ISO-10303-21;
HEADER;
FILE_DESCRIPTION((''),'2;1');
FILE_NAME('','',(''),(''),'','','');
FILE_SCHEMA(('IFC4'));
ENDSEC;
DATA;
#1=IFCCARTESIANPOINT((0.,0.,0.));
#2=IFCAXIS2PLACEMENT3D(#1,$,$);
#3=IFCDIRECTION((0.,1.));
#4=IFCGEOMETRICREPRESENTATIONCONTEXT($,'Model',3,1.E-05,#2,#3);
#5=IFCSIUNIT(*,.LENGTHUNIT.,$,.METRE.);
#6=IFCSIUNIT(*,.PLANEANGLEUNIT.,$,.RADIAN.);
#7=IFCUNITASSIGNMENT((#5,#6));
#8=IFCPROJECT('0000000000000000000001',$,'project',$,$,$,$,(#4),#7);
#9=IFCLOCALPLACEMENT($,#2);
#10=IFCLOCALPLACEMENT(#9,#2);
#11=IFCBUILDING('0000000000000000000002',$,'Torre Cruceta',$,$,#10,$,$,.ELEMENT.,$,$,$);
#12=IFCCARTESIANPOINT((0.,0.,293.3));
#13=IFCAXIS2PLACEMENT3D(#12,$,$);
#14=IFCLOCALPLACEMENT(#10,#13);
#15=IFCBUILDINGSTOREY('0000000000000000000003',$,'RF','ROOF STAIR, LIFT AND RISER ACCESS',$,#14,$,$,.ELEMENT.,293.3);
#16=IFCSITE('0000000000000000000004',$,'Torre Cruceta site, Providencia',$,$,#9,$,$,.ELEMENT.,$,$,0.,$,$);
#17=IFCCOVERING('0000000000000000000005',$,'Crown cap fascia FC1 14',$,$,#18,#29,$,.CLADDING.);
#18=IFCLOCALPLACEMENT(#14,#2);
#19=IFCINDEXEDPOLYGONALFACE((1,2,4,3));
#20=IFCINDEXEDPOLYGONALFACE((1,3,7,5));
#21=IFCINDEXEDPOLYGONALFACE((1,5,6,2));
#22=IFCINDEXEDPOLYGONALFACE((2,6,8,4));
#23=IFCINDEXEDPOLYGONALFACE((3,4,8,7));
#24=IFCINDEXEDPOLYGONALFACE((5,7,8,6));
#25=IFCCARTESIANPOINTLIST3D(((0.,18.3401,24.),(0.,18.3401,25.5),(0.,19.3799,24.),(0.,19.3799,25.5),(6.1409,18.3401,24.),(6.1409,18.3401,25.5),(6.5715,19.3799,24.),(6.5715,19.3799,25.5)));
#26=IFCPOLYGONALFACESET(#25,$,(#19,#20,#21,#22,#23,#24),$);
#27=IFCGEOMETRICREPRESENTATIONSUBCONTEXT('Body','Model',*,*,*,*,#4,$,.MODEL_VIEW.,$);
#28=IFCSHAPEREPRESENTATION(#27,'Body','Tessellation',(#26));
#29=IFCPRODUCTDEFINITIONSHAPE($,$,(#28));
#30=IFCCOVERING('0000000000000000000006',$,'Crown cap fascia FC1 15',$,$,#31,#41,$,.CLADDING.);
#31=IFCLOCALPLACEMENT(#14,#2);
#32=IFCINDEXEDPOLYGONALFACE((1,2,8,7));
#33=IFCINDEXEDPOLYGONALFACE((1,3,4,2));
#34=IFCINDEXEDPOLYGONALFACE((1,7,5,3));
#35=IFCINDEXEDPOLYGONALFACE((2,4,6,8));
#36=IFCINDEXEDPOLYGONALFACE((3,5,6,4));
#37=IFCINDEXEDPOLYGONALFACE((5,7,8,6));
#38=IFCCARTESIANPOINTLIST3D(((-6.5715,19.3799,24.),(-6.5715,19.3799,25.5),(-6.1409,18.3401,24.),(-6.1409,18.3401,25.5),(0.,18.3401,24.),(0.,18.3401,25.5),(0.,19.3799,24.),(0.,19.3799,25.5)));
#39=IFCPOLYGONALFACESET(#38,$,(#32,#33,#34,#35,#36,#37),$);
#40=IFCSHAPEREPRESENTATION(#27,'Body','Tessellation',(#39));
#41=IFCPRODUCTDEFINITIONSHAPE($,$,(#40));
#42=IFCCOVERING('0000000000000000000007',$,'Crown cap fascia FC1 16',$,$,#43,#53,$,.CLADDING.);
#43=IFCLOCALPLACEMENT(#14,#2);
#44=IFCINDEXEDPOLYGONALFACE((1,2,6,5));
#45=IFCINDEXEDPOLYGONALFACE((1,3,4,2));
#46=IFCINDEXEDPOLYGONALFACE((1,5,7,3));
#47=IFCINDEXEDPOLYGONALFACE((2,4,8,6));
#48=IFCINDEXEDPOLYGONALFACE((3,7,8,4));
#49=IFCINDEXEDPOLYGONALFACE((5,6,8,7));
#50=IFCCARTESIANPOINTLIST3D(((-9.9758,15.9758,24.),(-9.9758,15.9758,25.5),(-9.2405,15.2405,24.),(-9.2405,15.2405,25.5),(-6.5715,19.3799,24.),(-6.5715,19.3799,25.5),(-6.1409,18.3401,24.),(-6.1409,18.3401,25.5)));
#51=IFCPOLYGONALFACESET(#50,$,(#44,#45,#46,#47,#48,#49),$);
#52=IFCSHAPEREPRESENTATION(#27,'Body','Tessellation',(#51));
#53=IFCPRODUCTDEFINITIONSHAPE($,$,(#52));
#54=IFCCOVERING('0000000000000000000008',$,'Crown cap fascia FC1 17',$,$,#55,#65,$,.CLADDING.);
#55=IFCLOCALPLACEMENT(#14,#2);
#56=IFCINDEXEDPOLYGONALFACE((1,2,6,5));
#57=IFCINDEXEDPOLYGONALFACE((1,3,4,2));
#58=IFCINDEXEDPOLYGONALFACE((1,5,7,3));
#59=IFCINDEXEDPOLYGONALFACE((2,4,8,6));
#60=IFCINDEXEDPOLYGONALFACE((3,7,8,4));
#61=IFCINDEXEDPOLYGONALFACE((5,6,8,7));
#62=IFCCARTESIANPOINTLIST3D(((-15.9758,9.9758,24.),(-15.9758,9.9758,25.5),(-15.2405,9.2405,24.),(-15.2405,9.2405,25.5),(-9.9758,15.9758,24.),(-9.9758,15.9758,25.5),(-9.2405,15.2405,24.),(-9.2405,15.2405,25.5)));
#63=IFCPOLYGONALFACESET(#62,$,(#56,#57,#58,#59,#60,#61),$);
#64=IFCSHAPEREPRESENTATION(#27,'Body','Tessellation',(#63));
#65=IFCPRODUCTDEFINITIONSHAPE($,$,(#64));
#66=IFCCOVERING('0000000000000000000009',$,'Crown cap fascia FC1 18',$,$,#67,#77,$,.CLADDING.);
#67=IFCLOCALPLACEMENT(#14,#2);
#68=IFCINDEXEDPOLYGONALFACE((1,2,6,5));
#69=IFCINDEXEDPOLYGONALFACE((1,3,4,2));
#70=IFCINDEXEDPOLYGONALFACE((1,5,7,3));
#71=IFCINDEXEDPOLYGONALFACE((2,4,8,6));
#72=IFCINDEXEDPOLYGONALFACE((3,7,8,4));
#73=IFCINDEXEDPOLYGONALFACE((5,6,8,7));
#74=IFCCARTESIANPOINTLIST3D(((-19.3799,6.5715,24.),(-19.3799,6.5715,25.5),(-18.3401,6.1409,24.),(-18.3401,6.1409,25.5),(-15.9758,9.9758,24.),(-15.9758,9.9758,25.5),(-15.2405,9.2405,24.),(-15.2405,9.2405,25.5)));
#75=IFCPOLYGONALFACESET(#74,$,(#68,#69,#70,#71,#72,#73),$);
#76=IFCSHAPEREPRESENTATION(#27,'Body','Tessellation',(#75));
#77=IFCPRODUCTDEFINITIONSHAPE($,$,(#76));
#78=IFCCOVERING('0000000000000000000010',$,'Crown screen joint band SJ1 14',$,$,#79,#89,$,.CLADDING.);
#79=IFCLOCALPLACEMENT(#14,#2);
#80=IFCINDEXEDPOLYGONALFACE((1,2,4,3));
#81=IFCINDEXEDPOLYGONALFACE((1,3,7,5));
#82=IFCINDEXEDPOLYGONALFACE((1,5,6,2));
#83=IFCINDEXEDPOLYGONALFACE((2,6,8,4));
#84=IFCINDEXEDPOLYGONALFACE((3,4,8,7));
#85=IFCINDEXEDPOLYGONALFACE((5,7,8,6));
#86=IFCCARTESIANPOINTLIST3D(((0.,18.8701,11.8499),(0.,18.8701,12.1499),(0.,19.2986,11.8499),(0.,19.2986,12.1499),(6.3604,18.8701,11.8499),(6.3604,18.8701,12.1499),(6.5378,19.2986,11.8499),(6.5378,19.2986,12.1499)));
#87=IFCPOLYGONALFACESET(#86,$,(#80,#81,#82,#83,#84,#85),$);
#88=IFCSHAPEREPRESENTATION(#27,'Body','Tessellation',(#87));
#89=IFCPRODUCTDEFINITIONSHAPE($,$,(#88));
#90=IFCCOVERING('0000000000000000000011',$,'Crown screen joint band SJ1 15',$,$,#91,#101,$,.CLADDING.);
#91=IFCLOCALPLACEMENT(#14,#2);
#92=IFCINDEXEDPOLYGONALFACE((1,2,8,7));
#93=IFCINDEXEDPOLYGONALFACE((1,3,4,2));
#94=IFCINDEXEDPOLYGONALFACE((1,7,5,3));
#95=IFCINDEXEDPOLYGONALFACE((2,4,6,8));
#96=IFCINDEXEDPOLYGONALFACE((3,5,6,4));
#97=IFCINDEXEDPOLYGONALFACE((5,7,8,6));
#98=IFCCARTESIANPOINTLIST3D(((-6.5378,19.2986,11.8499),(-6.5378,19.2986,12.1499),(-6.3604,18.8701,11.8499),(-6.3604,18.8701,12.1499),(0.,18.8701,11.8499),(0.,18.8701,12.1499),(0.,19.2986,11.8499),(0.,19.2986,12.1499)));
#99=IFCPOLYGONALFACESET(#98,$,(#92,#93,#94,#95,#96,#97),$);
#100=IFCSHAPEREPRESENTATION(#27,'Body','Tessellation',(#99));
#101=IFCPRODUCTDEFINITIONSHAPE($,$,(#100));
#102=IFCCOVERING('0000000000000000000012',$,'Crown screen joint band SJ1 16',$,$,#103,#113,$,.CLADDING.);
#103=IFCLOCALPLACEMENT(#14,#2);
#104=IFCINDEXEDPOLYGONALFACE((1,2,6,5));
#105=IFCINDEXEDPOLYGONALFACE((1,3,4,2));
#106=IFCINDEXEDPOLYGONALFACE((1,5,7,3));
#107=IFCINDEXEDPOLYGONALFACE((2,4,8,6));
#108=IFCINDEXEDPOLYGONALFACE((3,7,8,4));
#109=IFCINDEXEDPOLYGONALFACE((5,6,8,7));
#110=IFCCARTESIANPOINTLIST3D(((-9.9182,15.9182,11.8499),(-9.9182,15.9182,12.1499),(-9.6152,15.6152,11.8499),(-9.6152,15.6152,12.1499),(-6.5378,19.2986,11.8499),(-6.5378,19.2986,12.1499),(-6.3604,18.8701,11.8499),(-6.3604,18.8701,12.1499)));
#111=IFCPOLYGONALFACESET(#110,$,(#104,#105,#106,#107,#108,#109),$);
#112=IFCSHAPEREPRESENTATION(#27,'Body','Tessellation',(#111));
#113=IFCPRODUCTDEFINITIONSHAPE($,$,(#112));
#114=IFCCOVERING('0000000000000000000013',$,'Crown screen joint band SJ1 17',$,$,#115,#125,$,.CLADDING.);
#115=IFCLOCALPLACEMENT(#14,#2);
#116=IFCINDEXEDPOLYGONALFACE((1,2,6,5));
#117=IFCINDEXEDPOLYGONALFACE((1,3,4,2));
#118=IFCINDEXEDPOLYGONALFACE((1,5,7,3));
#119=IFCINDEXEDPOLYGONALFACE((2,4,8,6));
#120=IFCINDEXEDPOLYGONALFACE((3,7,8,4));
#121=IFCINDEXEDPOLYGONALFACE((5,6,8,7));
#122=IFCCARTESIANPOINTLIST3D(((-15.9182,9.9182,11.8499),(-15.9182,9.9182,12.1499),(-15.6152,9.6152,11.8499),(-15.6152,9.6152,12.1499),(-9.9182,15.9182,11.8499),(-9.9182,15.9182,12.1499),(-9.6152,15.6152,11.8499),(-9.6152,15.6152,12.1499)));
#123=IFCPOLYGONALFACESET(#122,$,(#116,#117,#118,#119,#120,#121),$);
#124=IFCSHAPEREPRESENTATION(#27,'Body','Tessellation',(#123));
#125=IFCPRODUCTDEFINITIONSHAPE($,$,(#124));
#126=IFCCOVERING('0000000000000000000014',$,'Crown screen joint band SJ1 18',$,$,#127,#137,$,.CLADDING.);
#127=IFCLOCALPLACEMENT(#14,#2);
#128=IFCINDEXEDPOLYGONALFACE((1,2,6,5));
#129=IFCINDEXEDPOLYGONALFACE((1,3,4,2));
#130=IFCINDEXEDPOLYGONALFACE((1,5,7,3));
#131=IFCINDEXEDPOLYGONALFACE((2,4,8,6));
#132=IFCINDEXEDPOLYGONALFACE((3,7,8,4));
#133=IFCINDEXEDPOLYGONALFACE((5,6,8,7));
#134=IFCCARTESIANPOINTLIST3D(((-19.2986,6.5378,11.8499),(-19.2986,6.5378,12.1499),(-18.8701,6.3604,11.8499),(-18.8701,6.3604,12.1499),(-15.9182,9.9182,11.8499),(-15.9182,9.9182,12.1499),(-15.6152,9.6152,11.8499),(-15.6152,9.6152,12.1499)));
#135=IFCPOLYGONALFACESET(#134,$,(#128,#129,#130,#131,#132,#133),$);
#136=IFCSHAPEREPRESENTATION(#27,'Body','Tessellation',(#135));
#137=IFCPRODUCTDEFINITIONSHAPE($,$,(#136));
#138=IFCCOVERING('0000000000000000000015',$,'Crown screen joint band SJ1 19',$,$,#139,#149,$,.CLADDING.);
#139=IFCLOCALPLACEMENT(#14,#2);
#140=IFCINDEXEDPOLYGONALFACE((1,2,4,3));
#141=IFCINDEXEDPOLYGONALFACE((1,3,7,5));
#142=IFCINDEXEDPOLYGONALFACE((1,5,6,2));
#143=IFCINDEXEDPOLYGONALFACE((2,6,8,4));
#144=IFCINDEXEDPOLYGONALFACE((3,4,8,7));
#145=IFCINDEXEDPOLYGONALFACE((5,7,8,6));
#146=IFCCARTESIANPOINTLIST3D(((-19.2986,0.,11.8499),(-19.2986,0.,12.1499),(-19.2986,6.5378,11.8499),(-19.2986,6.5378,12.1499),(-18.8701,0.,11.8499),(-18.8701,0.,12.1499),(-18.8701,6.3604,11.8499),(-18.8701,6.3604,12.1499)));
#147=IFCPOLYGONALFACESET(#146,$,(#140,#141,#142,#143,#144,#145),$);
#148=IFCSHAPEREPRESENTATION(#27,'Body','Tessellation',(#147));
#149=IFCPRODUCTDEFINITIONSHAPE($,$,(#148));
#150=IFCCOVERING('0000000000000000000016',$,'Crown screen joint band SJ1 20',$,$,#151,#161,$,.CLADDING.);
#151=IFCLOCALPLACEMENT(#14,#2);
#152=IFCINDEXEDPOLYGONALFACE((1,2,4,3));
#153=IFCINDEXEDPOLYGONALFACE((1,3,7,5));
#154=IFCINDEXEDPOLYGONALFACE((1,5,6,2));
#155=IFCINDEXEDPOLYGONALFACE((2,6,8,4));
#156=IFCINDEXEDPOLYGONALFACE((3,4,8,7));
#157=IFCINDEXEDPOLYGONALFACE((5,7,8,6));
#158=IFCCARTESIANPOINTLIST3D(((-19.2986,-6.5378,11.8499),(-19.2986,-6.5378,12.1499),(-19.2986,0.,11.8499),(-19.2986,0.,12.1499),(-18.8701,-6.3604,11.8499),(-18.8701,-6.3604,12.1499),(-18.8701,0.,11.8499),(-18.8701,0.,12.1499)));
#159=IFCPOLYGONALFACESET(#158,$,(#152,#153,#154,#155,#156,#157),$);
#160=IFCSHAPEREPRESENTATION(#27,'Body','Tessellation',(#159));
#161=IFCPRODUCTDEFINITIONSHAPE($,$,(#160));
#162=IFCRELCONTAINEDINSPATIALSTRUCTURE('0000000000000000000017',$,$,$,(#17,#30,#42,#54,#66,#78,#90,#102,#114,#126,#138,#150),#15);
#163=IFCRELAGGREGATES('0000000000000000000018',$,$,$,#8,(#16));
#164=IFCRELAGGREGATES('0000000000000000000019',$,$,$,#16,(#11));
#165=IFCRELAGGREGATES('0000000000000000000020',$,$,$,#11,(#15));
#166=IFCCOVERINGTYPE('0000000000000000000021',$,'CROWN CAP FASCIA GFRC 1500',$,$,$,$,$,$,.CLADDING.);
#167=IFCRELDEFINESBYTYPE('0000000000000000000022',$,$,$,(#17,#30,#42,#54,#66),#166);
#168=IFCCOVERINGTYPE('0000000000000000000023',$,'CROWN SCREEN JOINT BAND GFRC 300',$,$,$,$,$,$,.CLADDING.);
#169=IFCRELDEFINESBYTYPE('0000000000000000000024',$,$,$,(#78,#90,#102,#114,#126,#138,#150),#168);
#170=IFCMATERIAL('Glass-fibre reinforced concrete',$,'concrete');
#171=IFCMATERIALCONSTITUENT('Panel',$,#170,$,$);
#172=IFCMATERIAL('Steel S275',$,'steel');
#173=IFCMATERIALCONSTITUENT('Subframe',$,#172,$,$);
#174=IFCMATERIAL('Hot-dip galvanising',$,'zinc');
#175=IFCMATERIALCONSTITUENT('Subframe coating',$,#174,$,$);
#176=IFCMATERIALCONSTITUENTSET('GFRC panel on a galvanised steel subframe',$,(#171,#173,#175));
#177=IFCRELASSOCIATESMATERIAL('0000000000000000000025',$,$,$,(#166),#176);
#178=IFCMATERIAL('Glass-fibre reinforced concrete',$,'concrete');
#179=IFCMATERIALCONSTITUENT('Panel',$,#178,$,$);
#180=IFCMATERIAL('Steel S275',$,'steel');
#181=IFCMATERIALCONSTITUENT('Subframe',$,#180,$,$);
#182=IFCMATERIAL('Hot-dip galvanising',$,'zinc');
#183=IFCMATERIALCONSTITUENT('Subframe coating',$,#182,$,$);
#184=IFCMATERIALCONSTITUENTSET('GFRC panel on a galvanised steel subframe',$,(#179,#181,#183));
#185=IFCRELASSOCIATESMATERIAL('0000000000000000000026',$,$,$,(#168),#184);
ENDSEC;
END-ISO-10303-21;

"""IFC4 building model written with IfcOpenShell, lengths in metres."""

from ifc_helpers import new_model, si_unit, direction, frame, origin, place, context, subcontext, project, spatial, polyline, outline, extrude, material, constituent, constituent_set, type_object, element, save


model = new_model("IFC4")

# Units and contexts
model_context = context("Model", 3, precision=1e-05, world=origin(), true_north=direction((0.0, 1.0)))
body_context = subcontext(model_context, "Body", "Model", "MODEL_VIEW")
ifc_project = project(units=[si_unit("LENGTHUNIT", "METRE"), si_unit("PLANEANGLEUNIT", "RADIAN")], contexts=[model_context])

# Site, building, storey
site_placement = place(None, origin())
site = spatial("IfcSite", under=ifc_project, at=site_placement, Name="Torre Cruceta site, Providencia", CompositionType="ELEMENT", RefElevation=0.0)
building_placement = place(site_placement, origin())
building = spatial("IfcBuilding", under=site, at=building_placement, Name="Torre Cruceta", CompositionType="ELEMENT")
storey_placement = place(building_placement, frame((0.0, 0.0, 293.3)))
storey = spatial("IfcBuildingStorey", under=building, at=storey_placement, Name="RF", Description="ROOF STAIR, LIFT AND RISER ACCESS", CompositionType="ELEMENT", Elevation=293.3)

# Coverings
ifc_material_1 = material(Name="Glass-fibre reinforced concrete", Category="concrete")
ifc_constituent_1 = constituent(ifc_material_1, Name="Panel")
ifc_material_2 = material(Name="Steel S275", Category="steel")
ifc_constituent_2 = constituent(ifc_material_2, Name="Subframe")
ifc_material_3 = material(Name="Hot-dip galvanising", Category="zinc")
ifc_constituent_3 = constituent(ifc_material_3, Name="Subframe coating")
ifc_constituent_set_1 = constituent_set(constituents=[ifc_constituent_1, ifc_constituent_2, ifc_constituent_3], Name="GFRC panel on a galvanised steel subframe")
covering_type_1 = type_object("IfcCoveringType", Name="CROWN CAP FASCIA GFRC 1500", PredefinedType="CLADDING", material=ifc_constituent_set_1)
covering_1_placement = place(storey_placement, frame((0.0, 0.0, 24.0)))
element("IfcCovering", 1, at=covering_1_placement, inside=storey, type_object=covering_type_1, Name="Crown cap fascia FC1 14", PredefinedType="CLADDING", context=body_context, shape_type="SweptSolid", body=[
    extrude(outline(polyline([(6.5715, 19.3799), (0.0, 19.3799), (0.0, 18.3401), (6.1409, 18.3401), (6.5715, 19.3799)])), origin(), (0.0, 0.0, 1.0), 1.5),
])
covering_2_placement = place(storey_placement, frame((0.0, 0.0, 24.0)))
element("IfcCovering", 2, at=covering_2_placement, inside=storey, type_object=covering_type_1, Name="Crown cap fascia FC1 15", PredefinedType="CLADDING", context=body_context, shape_type="SweptSolid", body=[
    extrude(outline(polyline([(0.0, 19.3799), (-6.5715, 19.3799), (-6.1409, 18.3401), (0.0, 18.3401), (0.0, 19.3799)])), origin(), (0.0, 0.0, 1.0), 1.5),
])
covering_3_placement = place(storey_placement, frame((0.0, 0.0, 24.0)))
element("IfcCovering", 3, at=covering_3_placement, inside=storey, type_object=covering_type_1, Name="Crown cap fascia FC1 16", PredefinedType="CLADDING", context=body_context, shape_type="SweptSolid", body=[
    extrude(outline(polyline([(-6.5715, 19.3799), (-9.9758, 15.9758), (-9.2405, 15.2405), (-6.1409, 18.3401), (-6.5715, 19.3799)])), origin(), (0.0, 0.0, 1.0), 1.5),
])
covering_4_placement = place(storey_placement, frame((0.0, 0.0, 24.0)))
element("IfcCovering", 4, at=covering_4_placement, inside=storey, type_object=covering_type_1, Name="Crown cap fascia FC1 17", PredefinedType="CLADDING", context=body_context, shape_type="SweptSolid", body=[
    extrude(outline(polyline([(-9.9758, 15.9758), (-15.9758, 9.9758), (-15.2405, 9.2405), (-9.2405, 15.2405), (-9.9758, 15.9758)])), origin(), (0.0, 0.0, 1.0), 1.5),
])
covering_5_placement = place(storey_placement, frame((0.0, 0.0, 24.0)))
element("IfcCovering", 5, at=covering_5_placement, inside=storey, type_object=covering_type_1, Name="Crown cap fascia FC1 18", PredefinedType="CLADDING", context=body_context, shape_type="SweptSolid", body=[
    extrude(outline(polyline([(-15.9758, 9.9758), (-19.3799, 6.5715), (-18.3401, 6.1409), (-15.2405, 9.2405), (-15.9758, 9.9758)])), origin(), (0.0, 0.0, 1.0), 1.5),
])
ifc_material_4 = material(Name="Glass-fibre reinforced concrete", Category="concrete")
ifc_constituent_4 = constituent(ifc_material_4, Name="Panel")
ifc_material_5 = material(Name="Steel S275", Category="steel")
ifc_constituent_5 = constituent(ifc_material_5, Name="Subframe")
ifc_material_6 = material(Name="Hot-dip galvanising", Category="zinc")
ifc_constituent_6 = constituent(ifc_material_6, Name="Subframe coating")
ifc_constituent_set_2 = constituent_set(constituents=[ifc_constituent_4, ifc_constituent_5, ifc_constituent_6], Name="GFRC panel on a galvanised steel subframe")
covering_type_2 = type_object("IfcCoveringType", Name="CROWN SCREEN JOINT BAND GFRC 300", PredefinedType="CLADDING", material=ifc_constituent_set_2)
covering_6_placement = place(storey_placement, frame((0.0, 0.0, 11.8499)))
element("IfcCovering", 6, at=covering_6_placement, inside=storey, type_object=covering_type_2, Name="Crown screen joint band SJ1 14", PredefinedType="CLADDING", context=body_context, shape_type="SweptSolid", body=[
    extrude(outline(polyline([(6.5378, 19.2986), (0.0, 19.2986), (0.0, 18.8701), (6.3604, 18.8701), (6.5378, 19.2986)])), origin(), (0.0, 0.0, 1.0), 0.3),
])
covering_7_placement = place(storey_placement, frame((0.0, 0.0, 11.8499)))
element("IfcCovering", 7, at=covering_7_placement, inside=storey, type_object=covering_type_2, Name="Crown screen joint band SJ1 15", PredefinedType="CLADDING", context=body_context, shape_type="SweptSolid", body=[
    extrude(outline(polyline([(0.0, 19.2986), (-6.5378, 19.2986), (-6.3604, 18.8701), (0.0, 18.8701), (0.0, 19.2986)])), origin(), (0.0, 0.0, 1.0), 0.3),
])
covering_8_placement = place(storey_placement, frame((0.0, 0.0, 11.8499)))
element("IfcCovering", 8, at=covering_8_placement, inside=storey, type_object=covering_type_2, Name="Crown screen joint band SJ1 16", PredefinedType="CLADDING", context=body_context, shape_type="SweptSolid", body=[
    extrude(outline(polyline([(-6.5378, 19.2986), (-9.9182, 15.9182), (-9.6152, 15.6152), (-6.3604, 18.8701), (-6.5378, 19.2986)])), origin(), (0.0, 0.0, 1.0), 0.3),
])
covering_9_placement = place(storey_placement, frame((0.0, 0.0, 11.8499)))
element("IfcCovering", 9, at=covering_9_placement, inside=storey, type_object=covering_type_2, Name="Crown screen joint band SJ1 17", PredefinedType="CLADDING", context=body_context, shape_type="SweptSolid", body=[
    extrude(outline(polyline([(-9.9182, 15.9182), (-15.9182, 9.9182), (-15.6152, 9.6152), (-9.6152, 15.6152), (-9.9182, 15.9182)])), origin(), (0.0, 0.0, 1.0), 0.3),
])
covering_10_placement = place(storey_placement, frame((0.0, 0.0, 11.8499)))
element("IfcCovering", 10, at=covering_10_placement, inside=storey, type_object=covering_type_2, Name="Crown screen joint band SJ1 18", PredefinedType="CLADDING", context=body_context, shape_type="SweptSolid", body=[
    extrude(outline(polyline([(-15.9182, 9.9182), (-19.2986, 6.5378), (-18.8701, 6.3604), (-15.6152, 9.6152), (-15.9182, 9.9182)])), origin(), (0.0, 0.0, 1.0), 0.3),
])
covering_11_placement = place(storey_placement, frame((0.0, 0.0, 11.8499)))
element("IfcCovering", 11, at=covering_11_placement, inside=storey, type_object=covering_type_2, Name="Crown screen joint band SJ1 19", PredefinedType="CLADDING", context=body_context, shape_type="SweptSolid", body=[
    extrude(outline(polyline([(-19.2986, 6.5378), (-19.2986, 0.0), (-18.8701, 0.0), (-18.8701, 6.3604), (-19.2986, 6.5378)])), origin(), (0.0, 0.0, 1.0), 0.3),
])
covering_12_placement = place(storey_placement, frame((0.0, 0.0, 11.8499)))
element("IfcCovering", 12, at=covering_12_placement, inside=storey, type_object=covering_type_2, Name="Crown screen joint band SJ1 20", PredefinedType="CLADDING", context=body_context, shape_type="SweptSolid", body=[
    extrude(outline(polyline([(-19.2986, 0.0), (-19.2986, -6.5378), (-18.8701, -6.3604), (-18.8701, 0.0), (-19.2986, 0.0)])), origin(), (0.0, 0.0, 1.0), 0.3),
])

save(model, "model.ifc")
